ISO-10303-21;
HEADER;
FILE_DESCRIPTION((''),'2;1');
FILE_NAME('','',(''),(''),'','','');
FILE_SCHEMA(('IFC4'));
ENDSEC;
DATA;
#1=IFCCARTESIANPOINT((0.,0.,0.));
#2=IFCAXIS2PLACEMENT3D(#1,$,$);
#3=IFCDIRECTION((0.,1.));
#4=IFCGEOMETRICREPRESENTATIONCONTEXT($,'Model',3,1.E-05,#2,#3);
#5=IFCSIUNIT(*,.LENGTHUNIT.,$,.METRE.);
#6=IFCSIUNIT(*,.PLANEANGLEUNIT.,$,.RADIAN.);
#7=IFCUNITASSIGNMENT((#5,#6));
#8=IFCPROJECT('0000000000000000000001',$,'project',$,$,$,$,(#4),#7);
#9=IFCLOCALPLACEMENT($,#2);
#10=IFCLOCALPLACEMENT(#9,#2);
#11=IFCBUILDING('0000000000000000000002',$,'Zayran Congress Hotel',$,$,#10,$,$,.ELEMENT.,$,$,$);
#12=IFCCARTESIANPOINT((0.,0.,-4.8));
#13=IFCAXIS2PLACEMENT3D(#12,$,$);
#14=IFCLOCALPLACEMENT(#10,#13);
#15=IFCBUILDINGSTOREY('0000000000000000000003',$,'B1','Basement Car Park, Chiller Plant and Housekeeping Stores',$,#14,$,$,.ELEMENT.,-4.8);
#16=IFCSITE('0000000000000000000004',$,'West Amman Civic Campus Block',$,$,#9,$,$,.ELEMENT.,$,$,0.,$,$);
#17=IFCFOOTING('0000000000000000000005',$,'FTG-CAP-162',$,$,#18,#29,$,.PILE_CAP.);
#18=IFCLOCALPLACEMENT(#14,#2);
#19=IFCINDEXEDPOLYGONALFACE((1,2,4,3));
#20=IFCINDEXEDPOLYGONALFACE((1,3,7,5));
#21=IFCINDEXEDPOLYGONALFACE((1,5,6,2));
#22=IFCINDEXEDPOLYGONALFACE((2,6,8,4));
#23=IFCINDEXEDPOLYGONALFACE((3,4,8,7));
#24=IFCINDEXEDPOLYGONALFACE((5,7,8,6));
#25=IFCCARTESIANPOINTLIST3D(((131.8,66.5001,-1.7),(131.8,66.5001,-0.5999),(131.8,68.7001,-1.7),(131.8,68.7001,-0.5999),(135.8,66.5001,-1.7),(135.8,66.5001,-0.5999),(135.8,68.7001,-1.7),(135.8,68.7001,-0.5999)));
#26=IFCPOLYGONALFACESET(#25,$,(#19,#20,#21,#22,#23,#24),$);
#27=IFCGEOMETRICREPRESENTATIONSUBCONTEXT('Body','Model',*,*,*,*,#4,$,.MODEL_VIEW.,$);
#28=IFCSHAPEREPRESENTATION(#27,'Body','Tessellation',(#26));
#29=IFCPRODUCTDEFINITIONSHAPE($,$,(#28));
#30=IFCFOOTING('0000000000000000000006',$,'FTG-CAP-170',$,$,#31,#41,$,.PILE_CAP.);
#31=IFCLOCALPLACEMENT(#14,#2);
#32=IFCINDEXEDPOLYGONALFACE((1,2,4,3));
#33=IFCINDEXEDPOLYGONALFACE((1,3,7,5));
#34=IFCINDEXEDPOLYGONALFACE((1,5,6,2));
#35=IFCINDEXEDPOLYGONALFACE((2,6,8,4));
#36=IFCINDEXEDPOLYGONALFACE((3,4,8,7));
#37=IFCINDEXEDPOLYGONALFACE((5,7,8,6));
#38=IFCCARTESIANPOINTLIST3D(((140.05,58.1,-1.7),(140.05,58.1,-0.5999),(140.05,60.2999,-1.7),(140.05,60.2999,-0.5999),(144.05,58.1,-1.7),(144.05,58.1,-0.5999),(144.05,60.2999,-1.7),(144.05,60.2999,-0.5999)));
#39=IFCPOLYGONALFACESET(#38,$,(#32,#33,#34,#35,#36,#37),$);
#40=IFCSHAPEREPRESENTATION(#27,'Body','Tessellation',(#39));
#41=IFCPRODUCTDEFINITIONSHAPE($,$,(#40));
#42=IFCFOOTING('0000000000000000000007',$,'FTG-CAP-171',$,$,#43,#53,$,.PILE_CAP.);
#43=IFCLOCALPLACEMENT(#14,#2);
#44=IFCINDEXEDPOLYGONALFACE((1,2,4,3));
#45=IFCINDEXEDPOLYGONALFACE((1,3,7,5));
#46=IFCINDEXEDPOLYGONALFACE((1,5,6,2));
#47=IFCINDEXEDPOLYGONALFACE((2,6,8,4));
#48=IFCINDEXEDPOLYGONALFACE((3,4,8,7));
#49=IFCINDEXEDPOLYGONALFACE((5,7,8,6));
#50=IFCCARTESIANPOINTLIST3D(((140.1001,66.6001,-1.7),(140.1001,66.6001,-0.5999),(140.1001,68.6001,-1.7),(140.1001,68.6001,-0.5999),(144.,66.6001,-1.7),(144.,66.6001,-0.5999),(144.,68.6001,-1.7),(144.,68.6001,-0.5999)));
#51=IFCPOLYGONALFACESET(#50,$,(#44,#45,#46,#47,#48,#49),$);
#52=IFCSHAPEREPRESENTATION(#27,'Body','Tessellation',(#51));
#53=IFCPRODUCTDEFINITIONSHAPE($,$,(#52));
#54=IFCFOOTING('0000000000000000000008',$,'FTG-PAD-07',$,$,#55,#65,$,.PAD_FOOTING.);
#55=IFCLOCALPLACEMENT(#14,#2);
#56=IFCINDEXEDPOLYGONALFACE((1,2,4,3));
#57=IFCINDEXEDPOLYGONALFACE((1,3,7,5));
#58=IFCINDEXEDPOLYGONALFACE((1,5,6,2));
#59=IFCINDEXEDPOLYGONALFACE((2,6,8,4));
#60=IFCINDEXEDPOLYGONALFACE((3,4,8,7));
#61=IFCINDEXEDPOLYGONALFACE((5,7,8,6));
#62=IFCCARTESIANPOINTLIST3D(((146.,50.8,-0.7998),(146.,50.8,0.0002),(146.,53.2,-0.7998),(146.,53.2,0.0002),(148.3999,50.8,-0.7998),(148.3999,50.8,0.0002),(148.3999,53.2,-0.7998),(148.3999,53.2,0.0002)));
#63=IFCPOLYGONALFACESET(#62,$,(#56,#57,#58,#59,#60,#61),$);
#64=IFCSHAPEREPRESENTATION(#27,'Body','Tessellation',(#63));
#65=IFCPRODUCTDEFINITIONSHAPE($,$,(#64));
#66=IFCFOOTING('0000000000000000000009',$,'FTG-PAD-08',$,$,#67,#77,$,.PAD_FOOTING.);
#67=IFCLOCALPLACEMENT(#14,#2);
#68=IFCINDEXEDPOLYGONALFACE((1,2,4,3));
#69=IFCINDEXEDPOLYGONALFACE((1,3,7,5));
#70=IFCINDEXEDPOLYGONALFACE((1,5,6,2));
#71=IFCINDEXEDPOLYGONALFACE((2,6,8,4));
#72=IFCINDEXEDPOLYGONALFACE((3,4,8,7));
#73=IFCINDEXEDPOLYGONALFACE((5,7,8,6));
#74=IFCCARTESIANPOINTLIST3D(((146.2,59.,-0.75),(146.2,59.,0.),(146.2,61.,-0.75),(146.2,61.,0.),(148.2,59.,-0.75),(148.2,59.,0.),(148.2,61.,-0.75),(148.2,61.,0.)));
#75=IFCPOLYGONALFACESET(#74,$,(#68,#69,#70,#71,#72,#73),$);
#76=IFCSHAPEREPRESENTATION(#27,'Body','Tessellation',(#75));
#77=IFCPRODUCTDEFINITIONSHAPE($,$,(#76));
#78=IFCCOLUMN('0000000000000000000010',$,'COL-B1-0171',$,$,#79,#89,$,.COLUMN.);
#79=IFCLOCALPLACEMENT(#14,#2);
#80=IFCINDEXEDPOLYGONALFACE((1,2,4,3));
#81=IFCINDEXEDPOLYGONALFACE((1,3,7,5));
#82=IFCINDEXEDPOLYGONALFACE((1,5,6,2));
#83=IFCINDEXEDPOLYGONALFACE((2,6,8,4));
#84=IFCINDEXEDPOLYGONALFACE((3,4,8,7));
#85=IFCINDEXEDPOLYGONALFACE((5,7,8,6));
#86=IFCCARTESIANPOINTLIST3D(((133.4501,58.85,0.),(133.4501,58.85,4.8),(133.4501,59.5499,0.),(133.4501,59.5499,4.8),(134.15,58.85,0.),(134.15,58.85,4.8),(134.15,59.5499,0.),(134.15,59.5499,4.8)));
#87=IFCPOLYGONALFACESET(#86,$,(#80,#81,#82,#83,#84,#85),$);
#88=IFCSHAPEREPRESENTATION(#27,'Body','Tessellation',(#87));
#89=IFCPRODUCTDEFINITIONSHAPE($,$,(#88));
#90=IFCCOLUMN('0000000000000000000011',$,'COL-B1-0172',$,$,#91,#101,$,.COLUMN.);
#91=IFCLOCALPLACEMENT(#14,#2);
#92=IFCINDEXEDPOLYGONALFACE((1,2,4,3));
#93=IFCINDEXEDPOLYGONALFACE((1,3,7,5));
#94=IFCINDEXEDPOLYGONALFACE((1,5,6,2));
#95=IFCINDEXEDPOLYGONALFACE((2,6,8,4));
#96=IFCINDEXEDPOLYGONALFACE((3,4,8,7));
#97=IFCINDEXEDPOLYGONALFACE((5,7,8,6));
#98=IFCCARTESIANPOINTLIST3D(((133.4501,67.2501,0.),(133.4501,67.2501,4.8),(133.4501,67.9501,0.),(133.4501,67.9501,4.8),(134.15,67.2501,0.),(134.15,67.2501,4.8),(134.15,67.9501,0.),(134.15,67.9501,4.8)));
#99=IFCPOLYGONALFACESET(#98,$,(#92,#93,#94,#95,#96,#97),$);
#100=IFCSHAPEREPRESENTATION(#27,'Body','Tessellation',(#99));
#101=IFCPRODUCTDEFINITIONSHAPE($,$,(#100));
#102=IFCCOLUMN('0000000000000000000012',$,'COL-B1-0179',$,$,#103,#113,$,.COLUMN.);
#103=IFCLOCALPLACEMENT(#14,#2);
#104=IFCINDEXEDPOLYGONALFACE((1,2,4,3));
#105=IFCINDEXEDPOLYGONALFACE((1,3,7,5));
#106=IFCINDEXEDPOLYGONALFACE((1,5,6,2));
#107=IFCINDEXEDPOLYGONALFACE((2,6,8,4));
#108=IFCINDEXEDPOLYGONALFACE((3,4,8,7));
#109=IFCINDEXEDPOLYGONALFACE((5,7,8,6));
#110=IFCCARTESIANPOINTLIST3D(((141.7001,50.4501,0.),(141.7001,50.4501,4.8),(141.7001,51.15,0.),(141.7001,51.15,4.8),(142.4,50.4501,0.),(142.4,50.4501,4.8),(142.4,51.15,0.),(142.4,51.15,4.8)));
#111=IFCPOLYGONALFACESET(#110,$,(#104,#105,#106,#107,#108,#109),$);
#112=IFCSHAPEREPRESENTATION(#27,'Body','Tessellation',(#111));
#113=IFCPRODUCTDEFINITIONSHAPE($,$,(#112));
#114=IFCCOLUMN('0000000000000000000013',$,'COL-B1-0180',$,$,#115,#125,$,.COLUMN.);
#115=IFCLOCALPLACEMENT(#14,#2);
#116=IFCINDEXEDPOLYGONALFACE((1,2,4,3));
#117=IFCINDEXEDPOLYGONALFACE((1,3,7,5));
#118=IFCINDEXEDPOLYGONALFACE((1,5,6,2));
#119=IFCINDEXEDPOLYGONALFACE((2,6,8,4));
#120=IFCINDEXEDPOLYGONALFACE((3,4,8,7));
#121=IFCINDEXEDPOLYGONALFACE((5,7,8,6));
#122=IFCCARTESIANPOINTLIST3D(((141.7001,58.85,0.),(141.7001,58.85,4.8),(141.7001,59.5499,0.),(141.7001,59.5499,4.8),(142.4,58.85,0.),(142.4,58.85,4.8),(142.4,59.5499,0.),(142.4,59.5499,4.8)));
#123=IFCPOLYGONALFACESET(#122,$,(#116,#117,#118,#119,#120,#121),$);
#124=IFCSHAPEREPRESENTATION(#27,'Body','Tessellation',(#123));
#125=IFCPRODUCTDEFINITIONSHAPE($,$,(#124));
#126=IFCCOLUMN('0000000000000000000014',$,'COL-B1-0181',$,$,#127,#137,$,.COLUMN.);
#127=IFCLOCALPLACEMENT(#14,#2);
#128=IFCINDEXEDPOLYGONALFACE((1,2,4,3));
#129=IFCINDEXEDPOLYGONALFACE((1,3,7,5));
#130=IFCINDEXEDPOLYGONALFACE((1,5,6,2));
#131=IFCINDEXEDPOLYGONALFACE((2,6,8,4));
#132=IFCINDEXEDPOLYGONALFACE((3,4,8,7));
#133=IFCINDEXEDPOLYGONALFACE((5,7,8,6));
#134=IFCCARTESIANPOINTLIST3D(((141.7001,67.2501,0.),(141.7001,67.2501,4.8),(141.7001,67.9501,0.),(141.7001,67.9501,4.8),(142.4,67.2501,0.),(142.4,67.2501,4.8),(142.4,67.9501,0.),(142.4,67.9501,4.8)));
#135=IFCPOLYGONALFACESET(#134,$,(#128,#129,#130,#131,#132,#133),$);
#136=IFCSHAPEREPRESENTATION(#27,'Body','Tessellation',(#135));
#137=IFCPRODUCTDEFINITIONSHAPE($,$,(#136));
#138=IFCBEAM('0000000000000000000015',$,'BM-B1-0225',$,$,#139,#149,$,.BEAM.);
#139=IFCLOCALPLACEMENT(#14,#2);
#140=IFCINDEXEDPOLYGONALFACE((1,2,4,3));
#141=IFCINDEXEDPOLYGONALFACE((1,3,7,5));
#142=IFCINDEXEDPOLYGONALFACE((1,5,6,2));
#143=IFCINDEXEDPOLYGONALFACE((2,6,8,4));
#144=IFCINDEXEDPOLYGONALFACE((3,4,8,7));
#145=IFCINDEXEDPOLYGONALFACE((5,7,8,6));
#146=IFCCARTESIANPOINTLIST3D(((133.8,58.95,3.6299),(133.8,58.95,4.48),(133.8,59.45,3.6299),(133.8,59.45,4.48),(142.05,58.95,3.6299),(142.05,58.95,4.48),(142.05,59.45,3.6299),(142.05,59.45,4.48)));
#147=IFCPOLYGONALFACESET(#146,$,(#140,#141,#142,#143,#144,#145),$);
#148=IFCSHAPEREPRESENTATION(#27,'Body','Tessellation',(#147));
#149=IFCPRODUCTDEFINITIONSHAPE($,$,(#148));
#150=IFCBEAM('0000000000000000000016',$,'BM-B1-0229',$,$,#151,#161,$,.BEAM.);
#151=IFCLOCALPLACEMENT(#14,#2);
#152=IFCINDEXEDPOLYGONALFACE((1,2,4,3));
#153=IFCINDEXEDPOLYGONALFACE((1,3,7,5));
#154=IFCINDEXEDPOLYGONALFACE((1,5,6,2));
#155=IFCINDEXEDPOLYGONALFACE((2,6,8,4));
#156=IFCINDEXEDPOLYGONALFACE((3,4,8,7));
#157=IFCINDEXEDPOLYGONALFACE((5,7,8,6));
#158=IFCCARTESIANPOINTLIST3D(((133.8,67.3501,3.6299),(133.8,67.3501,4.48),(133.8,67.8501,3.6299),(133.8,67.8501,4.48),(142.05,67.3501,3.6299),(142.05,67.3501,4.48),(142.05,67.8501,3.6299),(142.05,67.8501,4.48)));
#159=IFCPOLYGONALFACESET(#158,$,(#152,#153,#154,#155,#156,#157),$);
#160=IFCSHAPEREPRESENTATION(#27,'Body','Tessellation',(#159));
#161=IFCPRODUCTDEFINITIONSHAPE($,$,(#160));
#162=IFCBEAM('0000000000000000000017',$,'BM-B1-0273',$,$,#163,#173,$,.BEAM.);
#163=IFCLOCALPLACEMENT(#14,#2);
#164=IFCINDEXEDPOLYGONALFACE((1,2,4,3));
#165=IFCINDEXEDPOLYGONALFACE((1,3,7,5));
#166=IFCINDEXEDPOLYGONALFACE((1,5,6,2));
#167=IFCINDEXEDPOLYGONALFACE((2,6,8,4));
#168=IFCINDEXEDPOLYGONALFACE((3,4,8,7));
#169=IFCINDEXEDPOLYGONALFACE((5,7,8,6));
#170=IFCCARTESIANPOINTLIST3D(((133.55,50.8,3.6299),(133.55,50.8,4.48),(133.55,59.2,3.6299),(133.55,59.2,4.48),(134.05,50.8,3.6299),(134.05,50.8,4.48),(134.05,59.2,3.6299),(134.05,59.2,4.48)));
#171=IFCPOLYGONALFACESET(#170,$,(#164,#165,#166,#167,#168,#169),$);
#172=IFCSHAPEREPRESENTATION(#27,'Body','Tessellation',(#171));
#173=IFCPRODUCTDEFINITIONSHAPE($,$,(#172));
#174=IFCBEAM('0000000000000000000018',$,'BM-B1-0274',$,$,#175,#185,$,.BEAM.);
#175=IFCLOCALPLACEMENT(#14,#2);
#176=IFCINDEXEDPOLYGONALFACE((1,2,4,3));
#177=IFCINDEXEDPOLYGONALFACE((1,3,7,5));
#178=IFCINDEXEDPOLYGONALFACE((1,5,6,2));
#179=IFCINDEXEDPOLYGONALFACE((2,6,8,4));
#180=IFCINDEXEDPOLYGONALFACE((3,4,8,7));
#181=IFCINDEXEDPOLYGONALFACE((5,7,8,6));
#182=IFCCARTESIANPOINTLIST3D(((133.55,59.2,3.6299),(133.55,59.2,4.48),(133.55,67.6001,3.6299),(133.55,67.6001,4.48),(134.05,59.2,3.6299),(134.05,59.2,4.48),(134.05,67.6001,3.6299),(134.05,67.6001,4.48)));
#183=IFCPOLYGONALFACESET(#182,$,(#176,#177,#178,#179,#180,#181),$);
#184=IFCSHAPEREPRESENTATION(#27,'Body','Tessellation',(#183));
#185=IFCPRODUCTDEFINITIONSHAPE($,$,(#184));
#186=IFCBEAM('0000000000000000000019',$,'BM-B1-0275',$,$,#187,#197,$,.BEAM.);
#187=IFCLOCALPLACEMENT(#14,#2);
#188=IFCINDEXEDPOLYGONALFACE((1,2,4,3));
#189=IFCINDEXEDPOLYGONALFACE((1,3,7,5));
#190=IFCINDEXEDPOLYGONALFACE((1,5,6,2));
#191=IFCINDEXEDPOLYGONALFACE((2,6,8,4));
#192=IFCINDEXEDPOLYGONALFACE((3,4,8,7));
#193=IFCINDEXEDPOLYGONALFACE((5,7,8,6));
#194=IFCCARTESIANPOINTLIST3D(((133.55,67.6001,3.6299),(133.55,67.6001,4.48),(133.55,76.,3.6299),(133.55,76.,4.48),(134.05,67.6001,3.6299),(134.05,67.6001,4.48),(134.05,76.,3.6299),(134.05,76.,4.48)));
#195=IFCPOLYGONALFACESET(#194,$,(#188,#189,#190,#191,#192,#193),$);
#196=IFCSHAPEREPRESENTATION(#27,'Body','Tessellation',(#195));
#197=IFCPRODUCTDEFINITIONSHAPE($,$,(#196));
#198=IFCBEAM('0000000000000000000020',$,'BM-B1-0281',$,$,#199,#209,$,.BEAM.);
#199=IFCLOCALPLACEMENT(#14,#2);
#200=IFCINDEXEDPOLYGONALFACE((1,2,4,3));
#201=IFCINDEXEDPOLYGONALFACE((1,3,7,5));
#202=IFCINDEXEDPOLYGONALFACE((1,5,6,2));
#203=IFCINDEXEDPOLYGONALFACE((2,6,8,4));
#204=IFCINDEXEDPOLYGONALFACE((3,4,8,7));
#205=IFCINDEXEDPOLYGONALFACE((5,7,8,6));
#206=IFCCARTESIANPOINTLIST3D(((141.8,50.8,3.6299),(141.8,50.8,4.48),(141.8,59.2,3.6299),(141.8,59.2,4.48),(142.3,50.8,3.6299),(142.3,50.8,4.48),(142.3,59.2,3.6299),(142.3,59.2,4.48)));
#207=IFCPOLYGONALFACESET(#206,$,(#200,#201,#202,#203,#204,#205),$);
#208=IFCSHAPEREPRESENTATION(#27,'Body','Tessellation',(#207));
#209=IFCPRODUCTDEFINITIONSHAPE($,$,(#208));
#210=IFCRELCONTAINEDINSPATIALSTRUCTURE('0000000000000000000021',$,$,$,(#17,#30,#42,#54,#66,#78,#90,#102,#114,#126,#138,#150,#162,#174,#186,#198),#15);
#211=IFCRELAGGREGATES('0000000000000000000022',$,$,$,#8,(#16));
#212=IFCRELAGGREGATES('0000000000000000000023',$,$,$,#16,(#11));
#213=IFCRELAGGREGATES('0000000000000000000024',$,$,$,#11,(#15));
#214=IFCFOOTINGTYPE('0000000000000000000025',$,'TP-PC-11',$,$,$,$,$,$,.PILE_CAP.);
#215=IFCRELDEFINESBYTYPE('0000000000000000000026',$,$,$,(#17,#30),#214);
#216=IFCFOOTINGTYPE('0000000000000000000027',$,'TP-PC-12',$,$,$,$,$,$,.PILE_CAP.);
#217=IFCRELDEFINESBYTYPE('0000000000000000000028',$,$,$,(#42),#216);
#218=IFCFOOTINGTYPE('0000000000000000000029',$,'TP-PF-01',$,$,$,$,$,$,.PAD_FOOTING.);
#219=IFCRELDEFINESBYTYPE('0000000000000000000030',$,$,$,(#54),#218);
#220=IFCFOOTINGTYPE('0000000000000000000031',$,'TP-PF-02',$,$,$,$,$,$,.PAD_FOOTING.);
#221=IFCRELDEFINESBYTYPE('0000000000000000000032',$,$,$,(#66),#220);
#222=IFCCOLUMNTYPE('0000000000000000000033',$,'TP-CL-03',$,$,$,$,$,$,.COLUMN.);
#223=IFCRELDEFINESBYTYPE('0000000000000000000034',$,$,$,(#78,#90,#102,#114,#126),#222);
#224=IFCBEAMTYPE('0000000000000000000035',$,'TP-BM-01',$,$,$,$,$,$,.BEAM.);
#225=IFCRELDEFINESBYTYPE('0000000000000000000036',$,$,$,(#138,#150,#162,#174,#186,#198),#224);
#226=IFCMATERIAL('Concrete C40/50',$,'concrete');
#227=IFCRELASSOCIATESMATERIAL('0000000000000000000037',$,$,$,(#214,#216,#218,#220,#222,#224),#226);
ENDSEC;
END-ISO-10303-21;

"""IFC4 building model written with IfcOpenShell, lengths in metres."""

from ifc_helpers import new_model, si_unit, direction, frame, origin, origin_2d, place, context, subcontext, project, spatial, rectangle, extrude, material, material_profile, profile_set, type_object, element, save


model = new_model("IFC4")

# Units and contexts
model_context = context("Model", 3, precision=1e-05, world=origin(), true_north=direction((0.0, 1.0)))
body_context = subcontext(model_context, "Body", "Model", "MODEL_VIEW")
ifc_project = project(units=[si_unit("LENGTHUNIT", "METRE"), si_unit("PLANEANGLEUNIT", "RADIAN")], contexts=[model_context])

# Site, building, storey
site_placement = place(None, origin())
site = spatial("IfcSite", under=ifc_project, at=site_placement, Name="West Amman Civic Campus Block", CompositionType="ELEMENT", RefElevation=0.0)
building_placement = place(site_placement, origin())
building = spatial("IfcBuilding", under=site, at=building_placement, Name="Zayran Congress Hotel", CompositionType="ELEMENT")
storey_placement = place(building_placement, frame((0.0, 0.0, -4.8)))
storey = spatial("IfcBuildingStorey", under=building, at=storey_placement, Name="B1", Description="Basement Car Park, Chiller Plant and Housekeeping Stores", CompositionType="ELEMENT", Elevation=-4.8)

# Shared definitions
ifc_material = material(Name="Concrete C40/50", Category="concrete")

# Footings
footing_type_1 = type_object("IfcFootingType", Name="TP-PC-11", PredefinedType="PILE_CAP", material=ifc_material)
for number, where, z_axis, x_axis, name in (
    (1, (133.8, 67.6001, -1.7), (0.0, 0.0, 1.0), (1.0, 0.0, 0.0), "FTG-CAP-162"),
    (2, (142.05, 59.2, -1.7), (0.0, 0.0, 1.0), (1.0, 0.0, 0.0), "FTG-CAP-170"),
):
    element("IfcFooting", number, at=place(storey_placement, frame(where, z_axis=z_axis, x_axis=x_axis)), inside=storey, type_object=footing_type_1, Name=name, PredefinedType="PILE_CAP", context=body_context, shape_type="SweptSolid", body=[
        extrude(rectangle(XDim=4.0, YDim=2.2, at=origin_2d()), origin(), (0.0, 0.0, 1.0), 1.1001),
    ])
footing_type_2 = type_object("IfcFootingType", Name="TP-PC-12", PredefinedType="PILE_CAP", material=ifc_material)
footing_1_placement = place(storey_placement, frame((142.05, 67.6001, -1.7), z_axis=(0.0, 0.0, 1.0), x_axis=(1.0, 0.0, 0.0)))
element("IfcFooting", 3, at=footing_1_placement, inside=storey, type_object=footing_type_2, Name="FTG-CAP-171", PredefinedType="PILE_CAP", context=body_context, shape_type="SweptSolid", body=[
    extrude(rectangle(XDim=3.8999, YDim=2.0, at=origin_2d()), origin(), (0.0, 0.0, 1.0), 1.1001),
])
footing_type_3 = type_object("IfcFootingType", Name="TP-PF-01", PredefinedType="PAD_FOOTING", material=ifc_material)
footing_2_placement = place(storey_placement, frame((147.2, 52.0, -0.7998), z_axis=(0.0, 0.0, 1.0), x_axis=(1.0, 0.0, 0.0)))
element("IfcFooting", 4, at=footing_2_placement, inside=storey, type_object=footing_type_3, Name="FTG-PAD-07", PredefinedType="PAD_FOOTING", context=body_context, shape_type="SweptSolid", body=[
    extrude(rectangle(XDim=2.3999, YDim=2.3999, at=origin_2d()), origin(), (0.0, 0.0, 1.0), 0.8),
])
footing_type_4 = type_object("IfcFootingType", Name="TP-PF-02", PredefinedType="PAD_FOOTING", material=ifc_material)
footing_3_placement = place(storey_placement, frame((147.2, 60.0, -0.75), z_axis=(0.0, 0.0, 1.0), x_axis=(1.0, 0.0, 0.0)))
element("IfcFooting", 5, at=footing_3_placement, inside=storey, type_object=footing_type_4, Name="FTG-PAD-08", PredefinedType="PAD_FOOTING", context=body_context, shape_type="SweptSolid", body=[
    extrude(rectangle(XDim=2.0, YDim=2.0, at=origin_2d()), origin(), (0.0, 0.0, 1.0), 0.75),
])

# Columns
ifc_material_profile_1 = material_profile(ifc_material, rectangle(XDim=0.7, YDim=0.7, at=origin_2d()), Name="RC 700x700")
ifc_profile_set_1 = profile_set([ifc_material_profile_1], Name="Concrete C40/50")
column_type = type_object("IfcColumnType", Name="TP-CL-03", PredefinedType="COLUMN", material=ifc_profile_set_1)
for number, where, z_axis, x_axis, name in (
    (6, (133.8, 59.2, 0.0), (0.0, 0.0, 1.0), (1.0, 0.0, 0.0), "COL-B1-0171"),
    (7, (133.8, 67.6001, 0.0), (0.0, 0.0, 1.0), (1.0, 0.0, 0.0), "COL-B1-0172"),
    (8, (142.05, 50.8, 0.0), (0.0, 0.0, 1.0), (1.0, 0.0, 0.0), "COL-B1-0179"),
    (9, (142.05, 59.2, 0.0), (0.0, 0.0, 1.0), (1.0, 0.0, 0.0), "COL-B1-0180"),
    (10, (142.05, 67.6001, 0.0), (0.0, 0.0, 1.0), (1.0, 0.0, 0.0), "COL-B1-0181"),
):
    element("IfcColumn", number, at=place(storey_placement, frame(where, z_axis=z_axis, x_axis=x_axis)), inside=storey, type_object=column_type, Name=name, PredefinedType="COLUMN", context=body_context, shape_type="SweptSolid", body=[
        extrude(rectangle(XDim=0.7, YDim=0.7, at=origin_2d()), origin(), (0.0, 0.0, 1.0), 4.8),
    ])

# Beams
ifc_material_profile_2 = material_profile(ifc_material, rectangle(XDim=0.5, YDim=0.8501, at=origin_2d()), Name="RC 500x850")
ifc_profile_set_2 = profile_set([ifc_material_profile_2], Name="Concrete C40/50")
beam_type = type_object("IfcBeamType", Name="TP-BM-01", PredefinedType="BEAM", material=ifc_profile_set_2)
for number, where, z_axis, x_axis, name in (
    (11, (133.8, 59.2, 4.0549), (1.0, 0.0, 0.0), (0.0, 1.0, 0.0), "BM-B1-0225"),
    (12, (133.8, 67.6001, 4.0549), (1.0, 0.0, 0.0), (0.0, 1.0, 0.0), "BM-B1-0229"),
):
    element("IfcBeam", number, at=place(storey_placement, frame(where, z_axis=z_axis, x_axis=x_axis)), inside=storey, type_object=beam_type, Name=name, PredefinedType="BEAM", context=body_context, shape_type="SweptSolid", body=[
        extrude(rectangle(XDim=0.5, YDim=0.8501, at=origin_2d()), origin(), (0.0, 0.0, 1.0), 8.25),
    ])
beam_1_placement = place(storey_placement, frame((133.8, 50.8, 4.0549), z_axis=(0.0, 1.0, 0.0), x_axis=(-1.0, 0.0, 0.0)))
element("IfcBeam", 13, at=beam_1_placement, inside=storey, type_object=beam_type, Name="BM-B1-0273", PredefinedType="BEAM", context=body_context, shape_type="SweptSolid", body=[
    extrude(rectangle(XDim=0.5, YDim=0.8501, at=origin_2d()), origin(), (0.0, 0.0, 1.0), 8.3999),
])
beam_2_placement = place(storey_placement, frame((133.8, 59.2, 4.0549), z_axis=(0.0, 1.0, 0.0), x_axis=(-1.0, 0.0, 0.0)))
element("IfcBeam", 14, at=beam_2_placement, inside=storey, type_object=beam_type, Name="BM-B1-0274", PredefinedType="BEAM", context=body_context, shape_type="SweptSolid", body=[
    extrude(rectangle(XDim=0.5, YDim=0.8501, at=origin_2d()), origin(), (0.0, 0.0, 1.0), 8.4001),
])
for number, where, z_axis, x_axis, name in (
    (15, (133.8, 67.6001, 4.0549), (0.0, 1.0, 0.0), (-1.0, 0.0, 0.0), "BM-B1-0275"),
    (16, (142.05, 50.8, 4.0549), (0.0, 1.0, 0.0), (-1.0, 0.0, 0.0), "BM-B1-0281"),
):
    element("IfcBeam", number, at=place(storey_placement, frame(where, z_axis=z_axis, x_axis=x_axis)), inside=storey, type_object=beam_type, Name=name, PredefinedType="BEAM", context=body_context, shape_type="SweptSolid", body=[
        extrude(rectangle(XDim=0.5, YDim=0.8501, at=origin_2d()), origin(), (0.0, 0.0, 1.0), 8.3999),
    ])

save(model, "model.ifc")
